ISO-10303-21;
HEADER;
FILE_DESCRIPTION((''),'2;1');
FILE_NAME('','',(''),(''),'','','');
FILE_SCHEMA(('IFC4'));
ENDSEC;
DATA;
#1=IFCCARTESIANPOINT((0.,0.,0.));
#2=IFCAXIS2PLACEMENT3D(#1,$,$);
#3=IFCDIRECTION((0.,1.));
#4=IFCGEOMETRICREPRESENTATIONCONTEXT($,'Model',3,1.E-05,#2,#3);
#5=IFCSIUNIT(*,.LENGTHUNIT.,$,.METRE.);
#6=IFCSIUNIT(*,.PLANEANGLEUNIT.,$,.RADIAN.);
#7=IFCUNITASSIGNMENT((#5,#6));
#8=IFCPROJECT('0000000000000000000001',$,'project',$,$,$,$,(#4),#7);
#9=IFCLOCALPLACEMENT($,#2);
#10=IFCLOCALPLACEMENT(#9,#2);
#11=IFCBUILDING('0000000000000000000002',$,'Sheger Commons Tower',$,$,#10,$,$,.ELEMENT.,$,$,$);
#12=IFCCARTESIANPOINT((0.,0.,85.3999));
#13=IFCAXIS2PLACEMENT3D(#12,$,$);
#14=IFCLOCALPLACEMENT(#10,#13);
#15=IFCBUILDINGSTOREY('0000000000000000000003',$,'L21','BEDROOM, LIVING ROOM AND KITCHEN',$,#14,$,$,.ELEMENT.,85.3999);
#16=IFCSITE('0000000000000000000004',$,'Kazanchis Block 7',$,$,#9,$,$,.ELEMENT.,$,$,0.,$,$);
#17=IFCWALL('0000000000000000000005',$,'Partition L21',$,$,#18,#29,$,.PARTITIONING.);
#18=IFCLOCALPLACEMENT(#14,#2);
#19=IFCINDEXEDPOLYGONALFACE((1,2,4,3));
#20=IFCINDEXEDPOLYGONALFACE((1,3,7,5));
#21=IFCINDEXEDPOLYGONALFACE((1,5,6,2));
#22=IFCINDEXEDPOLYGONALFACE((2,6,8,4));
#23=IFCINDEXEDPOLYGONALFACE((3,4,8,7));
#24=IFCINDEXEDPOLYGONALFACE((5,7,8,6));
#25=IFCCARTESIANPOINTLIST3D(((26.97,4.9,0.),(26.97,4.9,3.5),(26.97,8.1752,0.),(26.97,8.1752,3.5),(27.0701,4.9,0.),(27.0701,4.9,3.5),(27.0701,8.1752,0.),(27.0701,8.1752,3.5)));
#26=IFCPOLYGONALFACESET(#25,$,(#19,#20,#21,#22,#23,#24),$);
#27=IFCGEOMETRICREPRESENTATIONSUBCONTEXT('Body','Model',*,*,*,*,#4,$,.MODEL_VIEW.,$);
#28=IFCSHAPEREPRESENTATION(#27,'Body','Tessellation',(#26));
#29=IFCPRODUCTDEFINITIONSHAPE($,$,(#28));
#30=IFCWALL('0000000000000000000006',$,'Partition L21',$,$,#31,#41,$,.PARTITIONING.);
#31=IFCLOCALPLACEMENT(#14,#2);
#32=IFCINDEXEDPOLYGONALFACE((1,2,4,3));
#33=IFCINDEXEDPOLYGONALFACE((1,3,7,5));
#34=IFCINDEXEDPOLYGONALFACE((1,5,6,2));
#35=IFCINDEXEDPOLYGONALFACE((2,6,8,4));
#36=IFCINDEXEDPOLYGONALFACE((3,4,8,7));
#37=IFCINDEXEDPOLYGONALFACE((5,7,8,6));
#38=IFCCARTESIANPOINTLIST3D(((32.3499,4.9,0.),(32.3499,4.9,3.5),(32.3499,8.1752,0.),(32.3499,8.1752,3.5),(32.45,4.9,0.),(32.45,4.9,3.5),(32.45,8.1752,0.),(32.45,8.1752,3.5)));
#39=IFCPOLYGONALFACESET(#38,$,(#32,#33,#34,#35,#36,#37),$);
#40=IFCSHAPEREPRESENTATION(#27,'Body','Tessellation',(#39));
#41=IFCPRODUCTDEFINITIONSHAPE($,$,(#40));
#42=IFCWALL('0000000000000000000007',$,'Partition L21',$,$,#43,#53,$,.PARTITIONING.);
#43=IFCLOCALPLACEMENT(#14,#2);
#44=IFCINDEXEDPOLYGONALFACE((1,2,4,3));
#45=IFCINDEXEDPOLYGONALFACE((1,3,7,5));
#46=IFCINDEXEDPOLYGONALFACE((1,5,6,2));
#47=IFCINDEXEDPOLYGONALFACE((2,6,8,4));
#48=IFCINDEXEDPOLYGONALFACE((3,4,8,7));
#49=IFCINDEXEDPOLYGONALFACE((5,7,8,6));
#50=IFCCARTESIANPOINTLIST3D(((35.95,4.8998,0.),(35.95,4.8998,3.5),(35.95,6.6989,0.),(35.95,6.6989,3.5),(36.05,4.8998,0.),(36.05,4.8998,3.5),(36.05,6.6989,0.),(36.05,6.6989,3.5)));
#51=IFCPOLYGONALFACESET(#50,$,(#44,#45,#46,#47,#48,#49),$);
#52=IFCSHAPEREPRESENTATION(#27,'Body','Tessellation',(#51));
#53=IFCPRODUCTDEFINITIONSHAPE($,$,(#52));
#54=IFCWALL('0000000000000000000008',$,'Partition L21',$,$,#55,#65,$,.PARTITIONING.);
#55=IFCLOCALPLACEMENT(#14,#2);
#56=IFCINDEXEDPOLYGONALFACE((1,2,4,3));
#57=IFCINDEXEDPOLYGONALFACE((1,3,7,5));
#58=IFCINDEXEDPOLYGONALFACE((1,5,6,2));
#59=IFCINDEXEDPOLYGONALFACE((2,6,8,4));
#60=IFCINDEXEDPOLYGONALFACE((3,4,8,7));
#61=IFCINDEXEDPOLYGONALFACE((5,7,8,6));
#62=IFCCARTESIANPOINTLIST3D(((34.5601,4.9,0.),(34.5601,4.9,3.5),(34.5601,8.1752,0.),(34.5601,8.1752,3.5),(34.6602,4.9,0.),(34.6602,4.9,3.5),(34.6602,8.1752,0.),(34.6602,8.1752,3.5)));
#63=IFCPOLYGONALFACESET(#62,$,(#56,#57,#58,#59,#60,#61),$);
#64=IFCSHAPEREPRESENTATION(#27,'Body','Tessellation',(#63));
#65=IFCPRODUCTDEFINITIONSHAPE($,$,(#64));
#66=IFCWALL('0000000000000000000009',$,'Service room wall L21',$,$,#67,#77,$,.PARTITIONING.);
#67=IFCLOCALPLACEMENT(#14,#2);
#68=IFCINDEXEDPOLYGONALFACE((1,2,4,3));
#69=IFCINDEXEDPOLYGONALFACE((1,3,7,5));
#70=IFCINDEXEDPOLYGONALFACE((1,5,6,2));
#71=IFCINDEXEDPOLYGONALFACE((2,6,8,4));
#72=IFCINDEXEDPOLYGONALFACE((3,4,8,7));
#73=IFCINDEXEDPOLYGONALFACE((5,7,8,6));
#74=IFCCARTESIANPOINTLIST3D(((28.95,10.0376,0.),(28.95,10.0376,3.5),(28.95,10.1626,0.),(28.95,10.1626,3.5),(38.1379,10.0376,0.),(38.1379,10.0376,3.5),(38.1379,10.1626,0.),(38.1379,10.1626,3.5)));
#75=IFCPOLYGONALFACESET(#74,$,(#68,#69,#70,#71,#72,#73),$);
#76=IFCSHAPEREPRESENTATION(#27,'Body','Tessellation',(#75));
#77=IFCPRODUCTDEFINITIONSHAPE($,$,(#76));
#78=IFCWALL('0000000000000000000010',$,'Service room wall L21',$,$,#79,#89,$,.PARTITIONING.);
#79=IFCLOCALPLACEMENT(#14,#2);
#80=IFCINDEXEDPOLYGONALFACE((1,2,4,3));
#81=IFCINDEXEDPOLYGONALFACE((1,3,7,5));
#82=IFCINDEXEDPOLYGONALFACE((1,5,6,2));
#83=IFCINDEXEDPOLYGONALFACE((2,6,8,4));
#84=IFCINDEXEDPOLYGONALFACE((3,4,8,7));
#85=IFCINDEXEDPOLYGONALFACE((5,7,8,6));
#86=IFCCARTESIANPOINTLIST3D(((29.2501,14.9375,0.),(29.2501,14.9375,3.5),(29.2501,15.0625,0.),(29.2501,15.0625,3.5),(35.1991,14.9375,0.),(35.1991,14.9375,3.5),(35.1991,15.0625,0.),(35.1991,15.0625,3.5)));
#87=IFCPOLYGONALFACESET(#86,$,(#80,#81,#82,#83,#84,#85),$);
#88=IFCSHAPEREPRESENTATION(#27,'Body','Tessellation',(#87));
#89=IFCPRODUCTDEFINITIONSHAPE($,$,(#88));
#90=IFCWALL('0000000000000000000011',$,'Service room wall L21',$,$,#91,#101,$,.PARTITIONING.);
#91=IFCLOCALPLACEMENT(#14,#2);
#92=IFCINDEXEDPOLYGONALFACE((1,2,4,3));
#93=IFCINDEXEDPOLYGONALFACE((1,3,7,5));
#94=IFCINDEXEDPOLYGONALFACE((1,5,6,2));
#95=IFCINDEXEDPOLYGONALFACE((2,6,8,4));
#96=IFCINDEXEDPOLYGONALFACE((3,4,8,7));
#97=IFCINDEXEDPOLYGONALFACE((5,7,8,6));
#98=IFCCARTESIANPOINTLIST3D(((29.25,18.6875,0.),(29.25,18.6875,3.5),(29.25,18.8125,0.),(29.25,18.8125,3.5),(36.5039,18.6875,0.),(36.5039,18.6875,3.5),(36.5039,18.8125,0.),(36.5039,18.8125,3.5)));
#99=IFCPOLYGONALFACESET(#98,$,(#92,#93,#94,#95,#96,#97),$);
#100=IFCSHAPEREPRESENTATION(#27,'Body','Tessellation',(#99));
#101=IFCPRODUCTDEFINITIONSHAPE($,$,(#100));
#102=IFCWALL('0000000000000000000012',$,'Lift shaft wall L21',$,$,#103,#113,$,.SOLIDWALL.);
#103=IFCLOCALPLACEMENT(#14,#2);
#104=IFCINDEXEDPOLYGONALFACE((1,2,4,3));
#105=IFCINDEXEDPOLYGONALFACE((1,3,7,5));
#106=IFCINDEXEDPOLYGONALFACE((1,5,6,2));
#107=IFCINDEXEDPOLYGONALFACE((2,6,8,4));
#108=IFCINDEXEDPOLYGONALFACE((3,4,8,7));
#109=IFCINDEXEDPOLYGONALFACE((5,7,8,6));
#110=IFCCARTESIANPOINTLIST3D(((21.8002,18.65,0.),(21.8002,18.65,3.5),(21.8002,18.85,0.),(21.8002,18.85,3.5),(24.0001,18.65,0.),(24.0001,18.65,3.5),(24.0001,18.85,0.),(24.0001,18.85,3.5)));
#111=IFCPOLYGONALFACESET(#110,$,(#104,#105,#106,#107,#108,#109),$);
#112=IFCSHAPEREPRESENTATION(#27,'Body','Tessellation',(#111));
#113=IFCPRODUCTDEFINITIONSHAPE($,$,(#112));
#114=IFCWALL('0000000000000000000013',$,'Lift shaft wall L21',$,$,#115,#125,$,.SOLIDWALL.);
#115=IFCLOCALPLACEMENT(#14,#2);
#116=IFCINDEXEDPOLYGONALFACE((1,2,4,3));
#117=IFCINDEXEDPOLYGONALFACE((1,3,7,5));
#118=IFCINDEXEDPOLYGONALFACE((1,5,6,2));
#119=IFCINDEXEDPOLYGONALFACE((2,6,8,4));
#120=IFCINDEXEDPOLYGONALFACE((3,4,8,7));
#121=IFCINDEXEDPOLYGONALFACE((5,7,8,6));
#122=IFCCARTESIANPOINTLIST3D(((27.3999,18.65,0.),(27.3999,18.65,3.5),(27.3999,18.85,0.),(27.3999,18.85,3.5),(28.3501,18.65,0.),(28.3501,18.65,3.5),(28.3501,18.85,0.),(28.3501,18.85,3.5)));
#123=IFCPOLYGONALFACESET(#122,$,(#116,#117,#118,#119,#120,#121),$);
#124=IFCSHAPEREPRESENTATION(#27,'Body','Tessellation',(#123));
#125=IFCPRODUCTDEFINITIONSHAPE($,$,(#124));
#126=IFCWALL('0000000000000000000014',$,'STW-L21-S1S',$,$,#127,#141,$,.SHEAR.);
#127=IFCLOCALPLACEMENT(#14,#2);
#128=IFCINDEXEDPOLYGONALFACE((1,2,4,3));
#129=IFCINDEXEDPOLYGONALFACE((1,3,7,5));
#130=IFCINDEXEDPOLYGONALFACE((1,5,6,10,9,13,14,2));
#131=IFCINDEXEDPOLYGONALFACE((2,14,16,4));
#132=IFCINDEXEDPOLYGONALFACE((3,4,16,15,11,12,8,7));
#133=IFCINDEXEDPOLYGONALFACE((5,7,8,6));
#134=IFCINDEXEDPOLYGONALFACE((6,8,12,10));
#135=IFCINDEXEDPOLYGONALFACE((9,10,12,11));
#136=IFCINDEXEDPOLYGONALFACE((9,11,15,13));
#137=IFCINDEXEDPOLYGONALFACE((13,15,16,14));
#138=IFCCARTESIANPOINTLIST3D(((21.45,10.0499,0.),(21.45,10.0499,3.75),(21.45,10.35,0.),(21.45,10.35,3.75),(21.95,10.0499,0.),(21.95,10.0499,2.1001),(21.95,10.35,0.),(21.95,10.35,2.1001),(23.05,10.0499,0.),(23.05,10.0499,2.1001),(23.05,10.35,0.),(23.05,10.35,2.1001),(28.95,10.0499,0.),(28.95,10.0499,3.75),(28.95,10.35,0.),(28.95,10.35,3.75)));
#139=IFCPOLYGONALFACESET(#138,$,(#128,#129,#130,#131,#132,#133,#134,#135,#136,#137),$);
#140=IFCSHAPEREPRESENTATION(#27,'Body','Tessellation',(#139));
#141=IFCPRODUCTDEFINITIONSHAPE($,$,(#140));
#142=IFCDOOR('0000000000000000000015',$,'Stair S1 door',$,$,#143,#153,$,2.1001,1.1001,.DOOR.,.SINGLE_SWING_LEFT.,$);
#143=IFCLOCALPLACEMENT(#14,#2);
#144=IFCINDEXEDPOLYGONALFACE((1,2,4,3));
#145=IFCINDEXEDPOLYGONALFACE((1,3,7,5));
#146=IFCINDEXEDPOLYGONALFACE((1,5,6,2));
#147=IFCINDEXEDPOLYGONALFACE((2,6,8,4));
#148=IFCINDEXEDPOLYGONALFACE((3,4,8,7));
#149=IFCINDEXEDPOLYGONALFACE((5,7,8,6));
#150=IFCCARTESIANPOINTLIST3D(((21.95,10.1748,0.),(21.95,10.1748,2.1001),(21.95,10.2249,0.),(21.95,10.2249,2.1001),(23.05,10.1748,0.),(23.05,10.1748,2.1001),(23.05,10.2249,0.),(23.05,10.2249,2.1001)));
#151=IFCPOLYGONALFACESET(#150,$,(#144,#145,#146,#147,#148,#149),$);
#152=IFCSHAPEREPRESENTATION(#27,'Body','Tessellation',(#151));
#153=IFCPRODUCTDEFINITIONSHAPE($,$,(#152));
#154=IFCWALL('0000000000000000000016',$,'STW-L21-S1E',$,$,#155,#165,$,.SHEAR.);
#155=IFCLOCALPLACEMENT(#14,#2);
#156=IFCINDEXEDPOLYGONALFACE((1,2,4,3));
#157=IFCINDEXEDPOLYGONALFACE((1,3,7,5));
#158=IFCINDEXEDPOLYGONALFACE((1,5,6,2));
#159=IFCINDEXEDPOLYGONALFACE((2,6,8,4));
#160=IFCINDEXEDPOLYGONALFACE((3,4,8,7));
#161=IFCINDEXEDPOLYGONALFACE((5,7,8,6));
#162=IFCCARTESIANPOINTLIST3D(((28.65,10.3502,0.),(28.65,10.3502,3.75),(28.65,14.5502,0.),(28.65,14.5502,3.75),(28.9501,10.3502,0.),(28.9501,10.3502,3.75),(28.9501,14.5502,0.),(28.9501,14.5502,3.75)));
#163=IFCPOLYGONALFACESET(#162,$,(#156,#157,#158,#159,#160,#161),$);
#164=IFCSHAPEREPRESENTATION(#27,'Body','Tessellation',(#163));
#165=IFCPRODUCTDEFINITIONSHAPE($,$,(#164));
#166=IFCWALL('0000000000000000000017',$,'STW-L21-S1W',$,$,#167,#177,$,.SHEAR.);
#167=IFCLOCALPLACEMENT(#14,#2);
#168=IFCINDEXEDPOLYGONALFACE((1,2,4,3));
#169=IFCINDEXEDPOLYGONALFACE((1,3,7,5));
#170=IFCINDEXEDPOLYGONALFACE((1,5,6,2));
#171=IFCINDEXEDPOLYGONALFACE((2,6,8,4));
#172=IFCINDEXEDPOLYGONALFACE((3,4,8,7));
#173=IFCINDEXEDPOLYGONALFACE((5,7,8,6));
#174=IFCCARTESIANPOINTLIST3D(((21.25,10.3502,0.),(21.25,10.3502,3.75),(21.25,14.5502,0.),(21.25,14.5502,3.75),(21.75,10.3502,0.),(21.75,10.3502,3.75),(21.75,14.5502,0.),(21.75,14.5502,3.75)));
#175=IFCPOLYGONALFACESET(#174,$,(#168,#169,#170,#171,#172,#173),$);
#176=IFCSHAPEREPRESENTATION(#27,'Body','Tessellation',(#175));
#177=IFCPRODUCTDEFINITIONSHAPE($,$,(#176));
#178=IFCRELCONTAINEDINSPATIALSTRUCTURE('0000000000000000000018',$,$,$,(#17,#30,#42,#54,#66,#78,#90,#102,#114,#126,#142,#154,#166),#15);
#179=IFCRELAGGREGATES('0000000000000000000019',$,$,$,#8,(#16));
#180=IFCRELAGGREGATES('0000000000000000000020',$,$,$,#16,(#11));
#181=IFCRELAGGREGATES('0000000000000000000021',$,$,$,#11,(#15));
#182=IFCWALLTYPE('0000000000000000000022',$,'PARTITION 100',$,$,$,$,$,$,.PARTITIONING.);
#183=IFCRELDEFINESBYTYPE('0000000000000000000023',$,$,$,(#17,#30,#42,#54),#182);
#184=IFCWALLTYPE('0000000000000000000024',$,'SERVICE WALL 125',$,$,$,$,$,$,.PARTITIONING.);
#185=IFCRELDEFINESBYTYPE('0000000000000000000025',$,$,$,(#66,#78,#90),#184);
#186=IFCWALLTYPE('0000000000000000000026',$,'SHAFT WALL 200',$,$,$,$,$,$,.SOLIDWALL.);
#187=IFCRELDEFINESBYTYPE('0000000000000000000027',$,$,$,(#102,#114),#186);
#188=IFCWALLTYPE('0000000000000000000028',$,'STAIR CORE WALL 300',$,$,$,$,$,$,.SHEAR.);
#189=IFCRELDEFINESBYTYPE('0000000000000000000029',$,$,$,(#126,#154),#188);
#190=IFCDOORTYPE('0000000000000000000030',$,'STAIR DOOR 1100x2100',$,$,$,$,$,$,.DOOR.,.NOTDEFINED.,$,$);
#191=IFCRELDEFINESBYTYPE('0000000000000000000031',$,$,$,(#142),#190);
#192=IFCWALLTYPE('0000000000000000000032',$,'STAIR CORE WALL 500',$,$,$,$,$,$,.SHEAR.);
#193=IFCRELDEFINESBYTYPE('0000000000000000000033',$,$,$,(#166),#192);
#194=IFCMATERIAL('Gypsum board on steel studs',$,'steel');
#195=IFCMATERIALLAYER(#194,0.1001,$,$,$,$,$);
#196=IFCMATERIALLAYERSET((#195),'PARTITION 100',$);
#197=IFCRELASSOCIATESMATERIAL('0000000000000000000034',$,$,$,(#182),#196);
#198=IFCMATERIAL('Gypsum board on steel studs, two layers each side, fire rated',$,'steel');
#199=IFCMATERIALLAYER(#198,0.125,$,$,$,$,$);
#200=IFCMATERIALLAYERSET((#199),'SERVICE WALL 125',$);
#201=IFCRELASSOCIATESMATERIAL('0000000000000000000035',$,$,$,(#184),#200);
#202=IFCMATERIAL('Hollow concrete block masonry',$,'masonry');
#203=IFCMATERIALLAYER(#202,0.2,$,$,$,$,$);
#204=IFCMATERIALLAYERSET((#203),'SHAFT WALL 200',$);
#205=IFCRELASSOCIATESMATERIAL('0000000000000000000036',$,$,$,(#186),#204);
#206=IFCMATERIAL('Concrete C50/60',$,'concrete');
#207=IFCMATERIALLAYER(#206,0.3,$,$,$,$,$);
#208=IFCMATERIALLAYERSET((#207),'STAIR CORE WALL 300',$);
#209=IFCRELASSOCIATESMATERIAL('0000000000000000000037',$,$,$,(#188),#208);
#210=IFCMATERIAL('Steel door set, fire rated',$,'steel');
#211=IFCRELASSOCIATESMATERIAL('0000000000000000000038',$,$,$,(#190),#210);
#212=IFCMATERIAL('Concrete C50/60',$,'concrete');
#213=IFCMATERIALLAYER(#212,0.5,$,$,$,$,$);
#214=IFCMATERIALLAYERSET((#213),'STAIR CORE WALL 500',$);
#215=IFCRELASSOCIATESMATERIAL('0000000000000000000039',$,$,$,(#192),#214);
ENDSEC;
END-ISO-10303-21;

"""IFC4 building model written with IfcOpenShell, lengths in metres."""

from ifc_helpers import new_model, si_unit, direction, frame, frame_2d, origin, place, context, subcontext, project, spatial, rectangle, extrude, material, layer, layer_set, type_object, element, fill, save


model = new_model("IFC4")

# Units and contexts
model_context = context("Model", 3, precision=1e-05, world=origin(), true_north=direction((0.0, 1.0)))
body_context = subcontext(model_context, "Body", "Model", "MODEL_VIEW")
ifc_project = project(units=[si_unit("LENGTHUNIT", "METRE"), si_unit("PLANEANGLEUNIT", "RADIAN")], contexts=[model_context])

# Site, building, storey
site_placement = place(None, origin())
site = spatial("IfcSite", under=ifc_project, at=site_placement, Name="Kazanchis Block 7", CompositionType="ELEMENT", RefElevation=0.0)
building_placement = place(site_placement, origin())
building = spatial("IfcBuilding", under=site, at=building_placement, Name="Sheger Commons Tower", CompositionType="ELEMENT")
storey_placement = place(building_placement, frame((0.0, 0.0, 85.3999)))
storey = spatial("IfcBuildingStorey", under=building, at=storey_placement, Name="L21", Description="BEDROOM, LIVING ROOM AND KITCHEN", CompositionType="ELEMENT", Elevation=85.3999)

# Walls
ifc_material_1 = material(Name="Gypsum board on steel studs", Category="steel")
ifc_layer_1 = layer(ifc_material_1, 0.1001)
ifc_layer_set_1 = layer_set([ifc_layer_1], Name="PARTITION 100")
wall_type_1 = type_object("IfcWallType", Name="PARTITION 100", PredefinedType="PARTITIONING", material=ifc_layer_set_1)
for number, where, z_axis, x_axis, name in (
    (1, (27.02, 4.8999, 0.0), (0.0, 0.0, 1.0), (0.0, 1.0, 0.0), "Partition L21"),
    (2, (32.3999, 4.8999, 0.0), (0.0, 0.0, 1.0), (0.0, 1.0, 0.0), "Partition L21"),
):
    element("IfcWall", number, at=place(storey_placement, frame(where, z_axis=z_axis, x_axis=x_axis)), inside=storey, type_object=wall_type_1, Name=name, PredefinedType="PARTITIONING", context=body_context, shape_type="SweptSolid", body=[
        extrude(rectangle(XDim=3.2751, YDim=0.1001, at=frame_2d((1.6377, 0.0))), origin(), (0.0, 0.0, 1.0), 3.5),
    ])
wall_1_placement = place(storey_placement, frame((36.0, 4.8999, 0.0), z_axis=(0.0, 0.0, 1.0), x_axis=(0.0, 1.0, 0.0)))
element("IfcWall", 3, at=wall_1_placement, inside=storey, type_object=wall_type_1, Name="Partition L21", PredefinedType="PARTITIONING", context=body_context, shape_type="SweptSolid", body=[
    extrude(rectangle(XDim=1.7991, YDim=0.1001, at=frame_2d((0.8994, 0.0))), origin(), (0.0, 0.0, 1.0), 3.5),
])
wall_2_placement = place(storey_placement, frame((34.6101, 4.8999, 0.0), z_axis=(0.0, 0.0, 1.0), x_axis=(0.0, 1.0, 0.0)))
element("IfcWall", 4, at=wall_2_placement, inside=storey, type_object=wall_type_1, Name="Partition L21", PredefinedType="PARTITIONING", context=body_context, shape_type="SweptSolid", body=[
    extrude(rectangle(XDim=3.2751, YDim=0.1001, at=frame_2d((1.6377, 0.0))), origin(), (0.0, 0.0, 1.0), 3.5),
])
ifc_material_2 = material(Name="Gypsum board on steel studs, two layers each side, fire rated", Category="steel")
ifc_layer_2 = layer(ifc_material_2, 0.125)
ifc_layer_set_2 = layer_set([ifc_layer_2], Name="SERVICE WALL 125")
wall_type_2 = type_object("IfcWallType", Name="SERVICE WALL 125", PredefinedType="PARTITIONING", material=ifc_layer_set_2)
wall_3_placement = place(storey_placement, frame((28.95, 10.1001, 0.0), z_axis=(0.0, 0.0, 1.0), x_axis=(1.0, 0.0, 0.0)))
element("IfcWall", 5, at=wall_3_placement, inside=storey, type_object=wall_type_2, Name="Service room wall L21", PredefinedType="PARTITIONING", context=body_context, shape_type="SweptSolid", body=[
    extrude(rectangle(XDim=9.188, YDim=0.125, at=frame_2d((4.594, 0.0))), origin(), (0.0, 0.0, 1.0), 3.5),
])
wall_4_placement = place(storey_placement, frame((29.25, 15.0, 0.0), z_axis=(0.0, 0.0, 1.0), x_axis=(1.0, 0.0, 0.0)))
element("IfcWall", 6, at=wall_4_placement, inside=storey, type_object=wall_type_2, Name="Service room wall L21", PredefinedType="PARTITIONING", context=body_context, shape_type="SweptSolid", body=[
    extrude(rectangle(XDim=5.949, YDim=0.125, at=frame_2d((2.9746, 0.0))), origin(), (0.0, 0.0, 1.0), 3.5),
])
wall_5_placement = place(storey_placement, frame((29.25, 18.75, 0.0), z_axis=(0.0, 0.0, 1.0), x_axis=(1.0, 0.0, 0.0)))
element("IfcWall", 7, at=wall_5_placement, inside=storey, type_object=wall_type_2, Name="Service room wall L21", PredefinedType="PARTITIONING", context=body_context, shape_type="SweptSolid", body=[
    extrude(rectangle(XDim=7.2539, YDim=0.125, at=frame_2d((3.627, 0.0))), origin(), (0.0, 0.0, 1.0), 3.5),
])
ifc_material_3 = material(Name="Hollow concrete block masonry", Category="masonry")
ifc_layer_3 = layer(ifc_material_3, 0.2)
ifc_layer_set_3 = layer_set([ifc_layer_3], Name="SHAFT WALL 200")
wall_type_3 = type_object("IfcWallType", Name="SHAFT WALL 200", PredefinedType="SOLIDWALL", material=ifc_layer_set_3)
wall_6_placement = place(storey_placement, frame((21.8, 18.75, 0.0), z_axis=(0.0, 0.0, 1.0), x_axis=(1.0, 0.0, 0.0)))
element("IfcWall", 8, at=wall_6_placement, inside=storey, type_object=wall_type_3, Name="Lift shaft wall L21", PredefinedType="SOLIDWALL", context=body_context, shape_type="SweptSolid", body=[
    extrude(rectangle(XDim=2.2, YDim=0.2, at=frame_2d((1.1001, 0.0))), origin(), (0.0, 0.0, 1.0), 3.5),
])
wall_7_placement = place(storey_placement, frame((27.3999, 18.75, 0.0), z_axis=(0.0, 0.0, 1.0), x_axis=(1.0, 0.0, 0.0)))
element("IfcWall", 9, at=wall_7_placement, inside=storey, type_object=wall_type_3, Name="Lift shaft wall L21", PredefinedType="SOLIDWALL", context=body_context, shape_type="SweptSolid", body=[
    extrude(rectangle(XDim=0.9502, YDim=0.2, at=frame_2d((0.4751, 0.0))), origin(), (0.0, 0.0, 1.0), 3.5),
])

# Wall, opening, door
ifc_material_4 = material(Name="Concrete C50/60", Category="concrete")
ifc_layer_4 = layer(ifc_material_4, 0.3)
ifc_layer_set_4 = layer_set([ifc_layer_4], Name="STAIR CORE WALL 300")
wall_type_4 = type_object("IfcWallType", Name="STAIR CORE WALL 300", PredefinedType="SHEAR", material=ifc_layer_set_4)
wall_8_placement = place(storey_placement, frame((21.45, 10.2, 0.0), z_axis=(0.0, 0.0, 1.0), x_axis=(1.0, 0.0, 0.0)))
wall_8 = element("IfcWall", 10, at=wall_8_placement, inside=storey, type_object=wall_type_4, Name="STW-L21-S1S", PredefinedType="SHEAR", context=body_context, shape_type="SweptSolid", body=[
    extrude(rectangle(XDim=7.5, YDim=0.3, at=frame_2d((3.75, 0.0))), origin(), (0.0, 0.0, 1.0), 3.75),
])
opening_1_placement = place(wall_8_placement, frame((0.5, 0.0, 0.0)))
opening_1 = element("IfcOpeningElement", 11, at=opening_1_placement, cuts=wall_8, PredefinedType="OPENING", context=body_context, shape_type="SweptSolid", body=[
    extrude(rectangle(XDim=1.1001, YDim=2.1001, at=frame_2d((0.55, 1.05))), frame((0.0, 0.1599, 0.0), z_axis=(0.0, -1.0, 0.0), x_axis=(1.0, 0.0, 0.0)), (0.0, 0.0, 1.0), 0.3201),
])
ifc_material_5 = material(Name="Steel door set, fire rated", Category="steel")
door_type_1 = type_object("IfcDoorType", Name="STAIR DOOR 1100x2100", OperationType="NOTDEFINED", PredefinedType="DOOR", material=ifc_material_5)
door_1_placement = place(opening_1_placement, origin())
door_1 = element("IfcDoor", 12, at=door_1_placement, inside=storey, type_object=door_type_1, Name="Stair S1 door", OperationType="SINGLE_SWING_LEFT", OverallHeight=2.1001, OverallWidth=1.1001, PredefinedType="DOOR", context=body_context, shape_type="SweptSolid", body=[
    extrude(rectangle(XDim=1.1001, YDim=2.1001, at=frame_2d((0.55, 1.05))), frame((0.0, 0.0249, 0.0), z_axis=(0.0, -1.0, 0.0), x_axis=(1.0, 0.0, 0.0)), (0.0, 0.0, 1.0), 0.05),
])
fill(opening_1, door_1)

# Walls
wall_9_placement = place(storey_placement, frame((28.8, 10.3501, 0.0), z_axis=(0.0, 0.0, 1.0), x_axis=(0.0, 1.0, 0.0)))
element("IfcWall", 13, at=wall_9_placement, inside=storey, type_object=wall_type_4, Name="STW-L21-S1E", PredefinedType="SHEAR", context=body_context, shape_type="SweptSolid", body=[
    extrude(rectangle(XDim=4.2, YDim=0.3, at=frame_2d((2.1001, 0.0))), origin(), (0.0, 0.0, 1.0), 3.75),
])
ifc_material_6 = material(Name="Concrete C50/60", Category="concrete")
ifc_layer_5 = layer(ifc_material_6, 0.5)
ifc_layer_set_5 = layer_set([ifc_layer_5], Name="STAIR CORE WALL 500")
wall_type_5 = type_object("IfcWallType", Name="STAIR CORE WALL 500", PredefinedType="SHEAR", material=ifc_layer_set_5)
wall_10_placement = place(storey_placement, frame((21.5, 10.3501, 0.0), z_axis=(0.0, 0.0, 1.0), x_axis=(0.0, 1.0, 0.0)))
element("IfcWall", 14, at=wall_10_placement, inside=storey, type_object=wall_type_5, Name="STW-L21-S1W", PredefinedType="SHEAR", context=body_context, shape_type="SweptSolid", body=[
    extrude(rectangle(XDim=4.2, YDim=0.5, at=frame_2d((2.1001, 0.0))), origin(), (0.0, 0.0, 1.0), 3.75),
])

save(model, "model.ifc")
